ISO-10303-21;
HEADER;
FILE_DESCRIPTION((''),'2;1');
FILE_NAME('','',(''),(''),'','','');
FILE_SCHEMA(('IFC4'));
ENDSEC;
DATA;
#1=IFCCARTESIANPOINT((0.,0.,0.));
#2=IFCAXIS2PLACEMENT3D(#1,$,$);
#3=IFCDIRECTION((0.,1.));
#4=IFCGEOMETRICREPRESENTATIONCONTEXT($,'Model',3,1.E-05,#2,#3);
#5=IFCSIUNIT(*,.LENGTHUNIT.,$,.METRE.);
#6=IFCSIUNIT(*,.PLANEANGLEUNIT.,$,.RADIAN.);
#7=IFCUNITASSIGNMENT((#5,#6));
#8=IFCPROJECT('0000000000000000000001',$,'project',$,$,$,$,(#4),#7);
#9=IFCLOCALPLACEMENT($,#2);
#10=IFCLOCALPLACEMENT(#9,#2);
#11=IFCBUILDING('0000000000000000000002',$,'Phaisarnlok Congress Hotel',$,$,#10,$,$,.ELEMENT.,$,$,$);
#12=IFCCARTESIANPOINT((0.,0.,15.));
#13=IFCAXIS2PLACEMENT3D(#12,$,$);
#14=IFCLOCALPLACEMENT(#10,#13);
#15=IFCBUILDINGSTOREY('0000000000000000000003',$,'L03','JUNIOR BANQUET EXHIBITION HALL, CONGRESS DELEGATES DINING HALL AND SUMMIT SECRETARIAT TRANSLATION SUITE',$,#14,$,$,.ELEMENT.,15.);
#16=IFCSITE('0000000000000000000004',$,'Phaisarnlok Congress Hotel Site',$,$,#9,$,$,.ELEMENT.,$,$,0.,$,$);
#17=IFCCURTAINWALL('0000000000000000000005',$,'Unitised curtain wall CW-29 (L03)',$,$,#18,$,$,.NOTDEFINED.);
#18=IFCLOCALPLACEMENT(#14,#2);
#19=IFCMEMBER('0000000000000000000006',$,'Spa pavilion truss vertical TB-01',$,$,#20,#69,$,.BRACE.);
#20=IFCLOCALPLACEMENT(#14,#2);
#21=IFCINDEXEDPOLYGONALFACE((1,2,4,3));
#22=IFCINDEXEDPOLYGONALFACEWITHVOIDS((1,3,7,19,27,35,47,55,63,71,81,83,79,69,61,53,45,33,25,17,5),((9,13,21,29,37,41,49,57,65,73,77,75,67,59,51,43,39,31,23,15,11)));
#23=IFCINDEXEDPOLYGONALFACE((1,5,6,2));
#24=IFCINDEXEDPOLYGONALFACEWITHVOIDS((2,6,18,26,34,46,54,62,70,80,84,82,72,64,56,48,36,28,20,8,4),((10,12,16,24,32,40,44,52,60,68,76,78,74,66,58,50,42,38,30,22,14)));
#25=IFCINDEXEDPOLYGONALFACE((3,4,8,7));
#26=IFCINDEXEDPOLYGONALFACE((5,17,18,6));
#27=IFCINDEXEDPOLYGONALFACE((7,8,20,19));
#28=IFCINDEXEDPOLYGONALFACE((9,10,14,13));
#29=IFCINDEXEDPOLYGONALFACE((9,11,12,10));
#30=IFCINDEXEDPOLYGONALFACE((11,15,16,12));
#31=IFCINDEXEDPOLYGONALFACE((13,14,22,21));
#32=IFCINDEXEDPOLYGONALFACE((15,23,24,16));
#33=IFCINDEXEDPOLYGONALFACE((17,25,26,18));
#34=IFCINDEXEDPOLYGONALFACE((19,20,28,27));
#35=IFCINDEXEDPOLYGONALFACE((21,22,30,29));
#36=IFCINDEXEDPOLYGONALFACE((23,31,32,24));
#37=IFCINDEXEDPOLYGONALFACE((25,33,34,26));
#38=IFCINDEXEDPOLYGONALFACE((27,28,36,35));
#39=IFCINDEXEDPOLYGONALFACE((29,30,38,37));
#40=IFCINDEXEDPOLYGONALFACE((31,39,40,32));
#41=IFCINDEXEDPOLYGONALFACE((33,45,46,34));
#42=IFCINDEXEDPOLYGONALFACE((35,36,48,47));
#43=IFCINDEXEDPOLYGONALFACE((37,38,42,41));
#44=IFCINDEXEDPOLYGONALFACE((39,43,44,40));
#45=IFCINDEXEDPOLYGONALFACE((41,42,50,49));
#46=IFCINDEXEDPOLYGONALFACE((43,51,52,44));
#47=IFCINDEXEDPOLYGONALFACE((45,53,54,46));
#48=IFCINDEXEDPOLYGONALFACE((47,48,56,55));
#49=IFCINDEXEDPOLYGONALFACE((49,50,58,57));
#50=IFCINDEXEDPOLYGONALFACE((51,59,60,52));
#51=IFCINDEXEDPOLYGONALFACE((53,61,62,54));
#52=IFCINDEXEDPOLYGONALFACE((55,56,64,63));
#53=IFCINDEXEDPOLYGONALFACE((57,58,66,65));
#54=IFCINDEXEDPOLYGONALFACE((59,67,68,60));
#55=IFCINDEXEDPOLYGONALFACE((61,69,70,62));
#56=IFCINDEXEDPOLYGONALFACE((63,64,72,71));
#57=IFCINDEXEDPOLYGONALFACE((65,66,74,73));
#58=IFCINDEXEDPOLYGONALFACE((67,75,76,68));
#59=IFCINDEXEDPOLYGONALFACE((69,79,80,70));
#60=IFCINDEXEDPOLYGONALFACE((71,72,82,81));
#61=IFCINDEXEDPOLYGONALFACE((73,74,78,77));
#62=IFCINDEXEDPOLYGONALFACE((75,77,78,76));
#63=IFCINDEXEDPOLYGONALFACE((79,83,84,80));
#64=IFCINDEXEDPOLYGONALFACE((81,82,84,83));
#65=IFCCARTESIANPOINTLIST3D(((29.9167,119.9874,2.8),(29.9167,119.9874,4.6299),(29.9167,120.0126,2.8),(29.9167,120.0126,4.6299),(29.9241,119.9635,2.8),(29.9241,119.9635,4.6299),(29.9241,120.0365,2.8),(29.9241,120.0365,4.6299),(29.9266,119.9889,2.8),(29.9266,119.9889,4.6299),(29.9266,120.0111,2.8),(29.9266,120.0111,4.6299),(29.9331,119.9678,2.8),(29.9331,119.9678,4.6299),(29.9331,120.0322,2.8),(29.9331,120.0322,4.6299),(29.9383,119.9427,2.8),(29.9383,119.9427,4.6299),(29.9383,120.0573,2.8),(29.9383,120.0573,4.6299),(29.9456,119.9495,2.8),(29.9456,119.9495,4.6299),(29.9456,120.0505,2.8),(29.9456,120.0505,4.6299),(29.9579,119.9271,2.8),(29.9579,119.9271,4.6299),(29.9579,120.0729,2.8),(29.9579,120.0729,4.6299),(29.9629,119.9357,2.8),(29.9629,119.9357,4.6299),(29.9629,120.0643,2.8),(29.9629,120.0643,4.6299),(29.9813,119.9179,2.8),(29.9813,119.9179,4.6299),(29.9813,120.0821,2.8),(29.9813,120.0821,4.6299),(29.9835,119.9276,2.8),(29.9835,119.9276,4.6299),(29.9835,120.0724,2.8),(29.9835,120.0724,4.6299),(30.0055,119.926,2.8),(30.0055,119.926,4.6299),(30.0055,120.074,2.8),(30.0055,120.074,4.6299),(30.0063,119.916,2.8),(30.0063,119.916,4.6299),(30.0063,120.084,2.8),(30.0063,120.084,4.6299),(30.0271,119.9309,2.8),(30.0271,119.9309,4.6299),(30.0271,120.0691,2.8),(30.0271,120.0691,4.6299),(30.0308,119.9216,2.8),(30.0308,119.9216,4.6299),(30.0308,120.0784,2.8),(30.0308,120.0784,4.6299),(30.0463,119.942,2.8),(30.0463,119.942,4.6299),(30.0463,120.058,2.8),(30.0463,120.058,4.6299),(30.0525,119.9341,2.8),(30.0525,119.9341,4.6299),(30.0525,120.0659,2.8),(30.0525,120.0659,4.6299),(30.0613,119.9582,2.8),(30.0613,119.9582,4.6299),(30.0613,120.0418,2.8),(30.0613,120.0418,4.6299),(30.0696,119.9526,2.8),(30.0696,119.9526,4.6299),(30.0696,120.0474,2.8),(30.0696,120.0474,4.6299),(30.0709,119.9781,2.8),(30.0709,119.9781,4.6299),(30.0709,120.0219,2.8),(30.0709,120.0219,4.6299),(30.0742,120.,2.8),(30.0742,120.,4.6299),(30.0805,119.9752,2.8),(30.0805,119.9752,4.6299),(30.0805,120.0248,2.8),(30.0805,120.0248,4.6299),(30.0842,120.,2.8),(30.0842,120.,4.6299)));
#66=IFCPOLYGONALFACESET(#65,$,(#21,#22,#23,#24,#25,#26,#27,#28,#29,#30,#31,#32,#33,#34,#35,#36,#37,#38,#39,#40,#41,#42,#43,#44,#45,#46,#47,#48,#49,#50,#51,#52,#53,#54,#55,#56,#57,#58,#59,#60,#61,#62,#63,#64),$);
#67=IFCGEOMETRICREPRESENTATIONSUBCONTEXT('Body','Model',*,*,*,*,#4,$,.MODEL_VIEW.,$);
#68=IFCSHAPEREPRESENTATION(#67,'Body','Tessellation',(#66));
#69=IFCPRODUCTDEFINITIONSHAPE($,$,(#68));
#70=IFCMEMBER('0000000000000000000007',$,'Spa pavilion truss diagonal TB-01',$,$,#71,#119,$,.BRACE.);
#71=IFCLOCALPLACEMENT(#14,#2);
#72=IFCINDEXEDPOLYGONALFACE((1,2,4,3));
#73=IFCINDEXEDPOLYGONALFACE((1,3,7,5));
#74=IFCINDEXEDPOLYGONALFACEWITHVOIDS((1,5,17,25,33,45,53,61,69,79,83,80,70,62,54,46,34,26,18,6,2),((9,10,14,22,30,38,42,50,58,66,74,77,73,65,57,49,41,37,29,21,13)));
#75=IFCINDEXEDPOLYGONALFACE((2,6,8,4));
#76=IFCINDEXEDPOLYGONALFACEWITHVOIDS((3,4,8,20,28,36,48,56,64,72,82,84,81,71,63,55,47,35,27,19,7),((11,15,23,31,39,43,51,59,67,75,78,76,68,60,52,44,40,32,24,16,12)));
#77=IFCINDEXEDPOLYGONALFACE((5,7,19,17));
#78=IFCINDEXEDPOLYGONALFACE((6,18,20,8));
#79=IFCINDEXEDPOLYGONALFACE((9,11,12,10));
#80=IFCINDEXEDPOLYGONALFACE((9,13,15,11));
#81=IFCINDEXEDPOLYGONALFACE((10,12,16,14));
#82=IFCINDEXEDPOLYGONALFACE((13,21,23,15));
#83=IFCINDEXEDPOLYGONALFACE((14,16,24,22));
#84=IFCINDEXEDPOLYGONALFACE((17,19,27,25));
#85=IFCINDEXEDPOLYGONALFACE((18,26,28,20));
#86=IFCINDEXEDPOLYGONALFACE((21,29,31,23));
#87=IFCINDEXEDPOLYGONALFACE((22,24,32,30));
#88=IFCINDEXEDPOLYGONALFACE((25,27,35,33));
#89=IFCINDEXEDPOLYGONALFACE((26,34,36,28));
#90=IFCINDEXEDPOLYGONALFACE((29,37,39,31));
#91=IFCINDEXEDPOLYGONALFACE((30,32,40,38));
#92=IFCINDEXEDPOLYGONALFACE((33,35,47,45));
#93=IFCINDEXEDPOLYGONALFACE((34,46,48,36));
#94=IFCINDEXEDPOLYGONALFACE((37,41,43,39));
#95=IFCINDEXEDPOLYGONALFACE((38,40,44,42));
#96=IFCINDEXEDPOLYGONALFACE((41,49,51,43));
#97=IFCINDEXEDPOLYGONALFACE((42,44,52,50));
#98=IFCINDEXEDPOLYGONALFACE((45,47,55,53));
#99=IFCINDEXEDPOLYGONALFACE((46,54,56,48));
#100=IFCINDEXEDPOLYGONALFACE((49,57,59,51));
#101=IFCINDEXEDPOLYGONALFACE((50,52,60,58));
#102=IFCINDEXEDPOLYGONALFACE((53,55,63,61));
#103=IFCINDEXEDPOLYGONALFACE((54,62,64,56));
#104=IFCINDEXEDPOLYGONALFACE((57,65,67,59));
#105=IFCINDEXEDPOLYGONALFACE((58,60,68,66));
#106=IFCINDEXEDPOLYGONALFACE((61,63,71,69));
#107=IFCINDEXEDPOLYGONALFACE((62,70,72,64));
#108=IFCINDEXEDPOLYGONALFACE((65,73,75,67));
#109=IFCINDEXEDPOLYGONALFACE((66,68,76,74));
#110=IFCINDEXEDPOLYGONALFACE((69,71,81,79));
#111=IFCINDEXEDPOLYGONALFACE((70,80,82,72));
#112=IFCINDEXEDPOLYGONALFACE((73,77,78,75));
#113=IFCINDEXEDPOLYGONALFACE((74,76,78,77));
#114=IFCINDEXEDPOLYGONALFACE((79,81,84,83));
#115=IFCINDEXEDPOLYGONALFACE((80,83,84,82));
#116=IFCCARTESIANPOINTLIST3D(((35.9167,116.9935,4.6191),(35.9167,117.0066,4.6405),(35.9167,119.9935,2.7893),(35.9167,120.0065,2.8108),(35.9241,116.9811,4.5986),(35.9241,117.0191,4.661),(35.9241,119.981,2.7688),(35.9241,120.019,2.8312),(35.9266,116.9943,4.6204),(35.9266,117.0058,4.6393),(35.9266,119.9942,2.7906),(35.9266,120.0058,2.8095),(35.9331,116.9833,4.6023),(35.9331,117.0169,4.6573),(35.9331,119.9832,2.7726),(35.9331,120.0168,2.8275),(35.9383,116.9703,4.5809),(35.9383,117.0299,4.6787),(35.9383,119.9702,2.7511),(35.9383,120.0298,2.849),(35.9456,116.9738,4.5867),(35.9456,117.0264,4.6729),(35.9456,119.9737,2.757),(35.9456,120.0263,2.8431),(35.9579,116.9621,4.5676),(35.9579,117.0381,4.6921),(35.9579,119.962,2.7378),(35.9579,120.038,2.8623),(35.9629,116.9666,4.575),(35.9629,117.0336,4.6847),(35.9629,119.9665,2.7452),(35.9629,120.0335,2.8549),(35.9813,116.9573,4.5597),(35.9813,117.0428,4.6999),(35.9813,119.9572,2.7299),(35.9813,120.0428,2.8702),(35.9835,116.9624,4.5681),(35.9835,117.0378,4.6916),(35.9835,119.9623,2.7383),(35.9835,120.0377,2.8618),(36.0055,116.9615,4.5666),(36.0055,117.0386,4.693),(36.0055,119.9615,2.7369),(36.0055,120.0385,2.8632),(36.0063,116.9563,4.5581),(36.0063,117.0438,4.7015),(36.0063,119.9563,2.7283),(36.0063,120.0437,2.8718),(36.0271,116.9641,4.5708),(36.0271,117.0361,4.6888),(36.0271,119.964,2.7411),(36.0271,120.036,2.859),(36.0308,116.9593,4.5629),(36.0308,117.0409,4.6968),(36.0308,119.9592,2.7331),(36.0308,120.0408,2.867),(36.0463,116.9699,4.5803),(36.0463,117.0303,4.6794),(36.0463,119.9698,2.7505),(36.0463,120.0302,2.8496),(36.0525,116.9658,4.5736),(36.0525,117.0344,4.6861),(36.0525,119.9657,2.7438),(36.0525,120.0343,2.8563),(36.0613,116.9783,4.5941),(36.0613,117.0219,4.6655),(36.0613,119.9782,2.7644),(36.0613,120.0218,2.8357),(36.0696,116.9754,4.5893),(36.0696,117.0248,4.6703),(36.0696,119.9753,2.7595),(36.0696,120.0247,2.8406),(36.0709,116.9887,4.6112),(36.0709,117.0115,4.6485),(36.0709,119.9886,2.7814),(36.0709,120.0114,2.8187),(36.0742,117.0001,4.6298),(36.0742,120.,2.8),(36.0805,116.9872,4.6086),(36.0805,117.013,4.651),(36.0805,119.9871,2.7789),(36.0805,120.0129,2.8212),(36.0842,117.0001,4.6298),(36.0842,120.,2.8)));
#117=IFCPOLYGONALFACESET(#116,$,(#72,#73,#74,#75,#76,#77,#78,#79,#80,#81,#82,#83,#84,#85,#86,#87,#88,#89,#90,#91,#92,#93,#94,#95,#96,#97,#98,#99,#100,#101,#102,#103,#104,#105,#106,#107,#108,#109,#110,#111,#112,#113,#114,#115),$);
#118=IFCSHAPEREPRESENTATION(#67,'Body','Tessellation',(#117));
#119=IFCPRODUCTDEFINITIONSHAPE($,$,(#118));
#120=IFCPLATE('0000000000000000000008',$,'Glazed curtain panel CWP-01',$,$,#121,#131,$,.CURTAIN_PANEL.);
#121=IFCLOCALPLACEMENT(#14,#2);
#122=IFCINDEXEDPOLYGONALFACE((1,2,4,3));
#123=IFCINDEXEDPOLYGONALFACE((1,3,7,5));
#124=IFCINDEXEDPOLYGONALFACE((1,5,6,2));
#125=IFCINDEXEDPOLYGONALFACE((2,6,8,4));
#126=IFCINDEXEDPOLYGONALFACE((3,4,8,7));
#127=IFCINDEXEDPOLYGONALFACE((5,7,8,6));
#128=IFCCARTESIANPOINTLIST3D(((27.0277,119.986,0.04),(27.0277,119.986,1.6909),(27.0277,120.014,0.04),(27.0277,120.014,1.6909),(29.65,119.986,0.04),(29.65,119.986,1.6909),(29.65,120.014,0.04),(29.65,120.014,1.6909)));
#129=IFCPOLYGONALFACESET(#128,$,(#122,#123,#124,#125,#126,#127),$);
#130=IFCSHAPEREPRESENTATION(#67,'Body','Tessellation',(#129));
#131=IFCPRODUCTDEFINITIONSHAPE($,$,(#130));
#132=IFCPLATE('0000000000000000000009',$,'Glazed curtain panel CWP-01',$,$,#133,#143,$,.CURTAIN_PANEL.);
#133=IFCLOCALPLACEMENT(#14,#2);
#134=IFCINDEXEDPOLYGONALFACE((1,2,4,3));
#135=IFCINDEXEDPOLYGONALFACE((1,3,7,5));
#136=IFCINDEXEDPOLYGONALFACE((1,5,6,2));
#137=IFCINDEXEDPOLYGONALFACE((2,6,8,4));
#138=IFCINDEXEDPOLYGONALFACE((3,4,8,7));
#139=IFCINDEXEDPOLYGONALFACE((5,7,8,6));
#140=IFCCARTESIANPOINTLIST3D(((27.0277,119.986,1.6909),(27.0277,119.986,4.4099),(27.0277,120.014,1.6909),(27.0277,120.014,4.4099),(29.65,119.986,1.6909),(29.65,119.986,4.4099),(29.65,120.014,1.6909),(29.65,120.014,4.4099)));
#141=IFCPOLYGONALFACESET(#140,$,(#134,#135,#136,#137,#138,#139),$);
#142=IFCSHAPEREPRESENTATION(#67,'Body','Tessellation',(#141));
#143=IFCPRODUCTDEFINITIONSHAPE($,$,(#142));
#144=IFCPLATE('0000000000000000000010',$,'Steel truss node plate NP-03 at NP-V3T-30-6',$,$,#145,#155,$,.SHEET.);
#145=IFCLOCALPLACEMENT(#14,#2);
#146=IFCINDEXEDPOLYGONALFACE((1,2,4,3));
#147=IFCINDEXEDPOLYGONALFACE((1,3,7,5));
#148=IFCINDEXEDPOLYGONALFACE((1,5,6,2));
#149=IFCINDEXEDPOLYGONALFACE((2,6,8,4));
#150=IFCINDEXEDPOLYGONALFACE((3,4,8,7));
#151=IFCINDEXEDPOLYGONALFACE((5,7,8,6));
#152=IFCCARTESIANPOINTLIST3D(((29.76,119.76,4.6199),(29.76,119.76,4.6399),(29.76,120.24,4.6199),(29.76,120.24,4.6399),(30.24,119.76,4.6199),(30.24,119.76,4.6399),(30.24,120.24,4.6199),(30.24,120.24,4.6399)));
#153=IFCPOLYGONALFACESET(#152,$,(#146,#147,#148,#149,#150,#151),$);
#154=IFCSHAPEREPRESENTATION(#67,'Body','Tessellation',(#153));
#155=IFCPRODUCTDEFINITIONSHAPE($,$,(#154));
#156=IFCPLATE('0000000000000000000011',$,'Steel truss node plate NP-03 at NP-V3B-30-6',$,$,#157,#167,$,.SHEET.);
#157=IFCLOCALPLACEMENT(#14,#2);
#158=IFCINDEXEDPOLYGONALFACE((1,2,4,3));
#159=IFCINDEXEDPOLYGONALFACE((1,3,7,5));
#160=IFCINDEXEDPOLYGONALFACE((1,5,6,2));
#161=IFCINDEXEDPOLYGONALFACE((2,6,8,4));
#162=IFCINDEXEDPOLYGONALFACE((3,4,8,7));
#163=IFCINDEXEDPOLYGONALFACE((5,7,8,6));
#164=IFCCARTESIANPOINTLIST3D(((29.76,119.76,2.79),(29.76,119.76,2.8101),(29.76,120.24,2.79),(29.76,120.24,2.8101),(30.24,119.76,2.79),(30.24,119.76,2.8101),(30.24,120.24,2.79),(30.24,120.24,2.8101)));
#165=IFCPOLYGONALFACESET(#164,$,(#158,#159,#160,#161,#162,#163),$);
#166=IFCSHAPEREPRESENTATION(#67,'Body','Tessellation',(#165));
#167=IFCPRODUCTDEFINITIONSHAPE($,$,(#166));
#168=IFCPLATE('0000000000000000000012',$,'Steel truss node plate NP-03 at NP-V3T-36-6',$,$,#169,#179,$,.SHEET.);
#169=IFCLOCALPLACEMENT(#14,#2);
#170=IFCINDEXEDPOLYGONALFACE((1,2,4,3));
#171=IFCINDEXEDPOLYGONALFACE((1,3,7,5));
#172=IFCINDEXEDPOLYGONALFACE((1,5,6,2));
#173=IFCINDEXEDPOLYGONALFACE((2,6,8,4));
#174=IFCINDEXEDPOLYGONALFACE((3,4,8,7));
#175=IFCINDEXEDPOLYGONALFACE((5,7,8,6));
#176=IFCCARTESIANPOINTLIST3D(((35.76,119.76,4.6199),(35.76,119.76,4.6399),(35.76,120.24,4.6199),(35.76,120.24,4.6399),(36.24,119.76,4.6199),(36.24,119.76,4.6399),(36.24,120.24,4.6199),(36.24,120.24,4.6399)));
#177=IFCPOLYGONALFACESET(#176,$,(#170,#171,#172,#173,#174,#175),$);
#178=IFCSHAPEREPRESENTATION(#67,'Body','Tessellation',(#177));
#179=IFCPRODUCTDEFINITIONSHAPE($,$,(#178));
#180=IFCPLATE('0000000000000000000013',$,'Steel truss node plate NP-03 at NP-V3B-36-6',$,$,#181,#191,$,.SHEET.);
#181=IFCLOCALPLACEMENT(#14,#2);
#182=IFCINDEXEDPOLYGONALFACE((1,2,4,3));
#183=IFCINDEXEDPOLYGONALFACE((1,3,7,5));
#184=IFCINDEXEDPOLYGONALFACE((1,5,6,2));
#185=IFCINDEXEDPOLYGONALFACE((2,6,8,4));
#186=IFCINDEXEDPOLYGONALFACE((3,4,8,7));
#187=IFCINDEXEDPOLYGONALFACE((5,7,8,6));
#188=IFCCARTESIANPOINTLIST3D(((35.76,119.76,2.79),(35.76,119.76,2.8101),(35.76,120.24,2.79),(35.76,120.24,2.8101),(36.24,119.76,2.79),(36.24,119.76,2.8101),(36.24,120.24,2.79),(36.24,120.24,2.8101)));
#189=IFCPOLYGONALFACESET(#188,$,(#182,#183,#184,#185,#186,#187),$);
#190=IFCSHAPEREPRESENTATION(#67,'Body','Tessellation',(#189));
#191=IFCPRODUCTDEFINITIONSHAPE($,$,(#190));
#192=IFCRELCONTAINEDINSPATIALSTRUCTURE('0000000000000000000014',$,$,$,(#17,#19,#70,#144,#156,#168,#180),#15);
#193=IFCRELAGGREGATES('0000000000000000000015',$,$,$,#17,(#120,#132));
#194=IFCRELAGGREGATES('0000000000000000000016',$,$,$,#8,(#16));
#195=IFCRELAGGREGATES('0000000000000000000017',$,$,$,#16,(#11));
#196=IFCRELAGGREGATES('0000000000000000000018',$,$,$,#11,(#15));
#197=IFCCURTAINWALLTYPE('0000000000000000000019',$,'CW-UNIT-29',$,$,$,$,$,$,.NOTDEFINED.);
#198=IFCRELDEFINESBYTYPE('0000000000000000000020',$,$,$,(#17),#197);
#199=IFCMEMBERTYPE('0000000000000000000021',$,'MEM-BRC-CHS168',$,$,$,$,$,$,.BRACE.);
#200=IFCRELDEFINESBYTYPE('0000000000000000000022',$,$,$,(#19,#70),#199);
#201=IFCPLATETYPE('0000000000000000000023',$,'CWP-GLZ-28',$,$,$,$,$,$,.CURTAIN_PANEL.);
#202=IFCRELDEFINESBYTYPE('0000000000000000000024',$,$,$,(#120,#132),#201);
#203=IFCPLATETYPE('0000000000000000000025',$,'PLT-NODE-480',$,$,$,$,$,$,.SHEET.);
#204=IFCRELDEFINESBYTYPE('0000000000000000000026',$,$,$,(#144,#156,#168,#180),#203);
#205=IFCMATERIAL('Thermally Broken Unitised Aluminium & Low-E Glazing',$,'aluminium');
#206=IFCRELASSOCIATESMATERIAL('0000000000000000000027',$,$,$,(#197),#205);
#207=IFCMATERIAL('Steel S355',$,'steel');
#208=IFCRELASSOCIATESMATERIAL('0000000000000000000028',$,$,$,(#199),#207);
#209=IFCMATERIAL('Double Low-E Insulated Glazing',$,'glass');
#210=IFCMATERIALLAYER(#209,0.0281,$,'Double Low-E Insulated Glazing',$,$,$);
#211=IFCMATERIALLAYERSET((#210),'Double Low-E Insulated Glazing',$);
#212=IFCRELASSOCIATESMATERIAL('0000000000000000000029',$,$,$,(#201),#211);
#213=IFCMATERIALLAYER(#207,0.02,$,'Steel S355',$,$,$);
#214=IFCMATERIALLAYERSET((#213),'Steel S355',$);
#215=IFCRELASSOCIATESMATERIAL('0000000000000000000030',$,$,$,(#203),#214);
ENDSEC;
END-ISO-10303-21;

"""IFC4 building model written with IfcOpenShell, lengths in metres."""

from ifc_helpers import new_model, si_unit, direction, frame, frame_2d, origin, origin_2d, place, context, subcontext, project, spatial, rectangle, hollow_circle, extrude, material, layer, layer_set, material_profile, profile_set, type_object, element, aggregate, save


model = new_model("IFC4")

# Units and contexts
model_context = context("Model", 3, precision=1e-05, world=origin(), true_north=direction((0.0, 1.0)))
body_context = subcontext(model_context, "Body", "Model", "MODEL_VIEW")
ifc_project = project(units=[si_unit("LENGTHUNIT", "METRE"), si_unit("PLANEANGLEUNIT", "RADIAN")], contexts=[model_context])

# Site, building, storey
site_placement = place(None, origin())
site = spatial("IfcSite", under=ifc_project, at=site_placement, Name="Phaisarnlok Congress Hotel Site", CompositionType="ELEMENT", RefElevation=0.0)
building_placement = place(site_placement, origin())
building = spatial("IfcBuilding", under=site, at=building_placement, Name="Phaisarnlok Congress Hotel", CompositionType="ELEMENT")
storey_placement = place(building_placement, frame((0.0, 0.0, 15.0)))
storey = spatial("IfcBuildingStorey", under=building, at=storey_placement, Name="L03", Description="JUNIOR BANQUET EXHIBITION HALL, CONGRESS DELEGATES DINING HALL AND SUMMIT SECRETARIAT TRANSLATION SUITE", CompositionType="ELEMENT", Elevation=15.0)

# Curtain wall
ifc_material_1 = material(Name="Thermally Broken Unitised Aluminium & Low-E Glazing", Category="aluminium")
curtain_wall_type = type_object("IfcCurtainWallType", Name="CW-UNIT-29", PredefinedType="NOTDEFINED", material=ifc_material_1)
curtain_wall_placement = place(storey_placement, origin())
curtain_wall = element("IfcCurtainWall", 1, at=curtain_wall_placement, inside=storey, type_object=curtain_wall_type, Name="Unitised curtain wall CW-29 (L03)", PredefinedType="NOTDEFINED")

# Members
ifc_material_2 = material(Name="Steel S355", Category="steel")
ifc_material_profile_1 = material_profile(ifc_material_2, hollow_circle(Radius=0.0842, WallThickness=0.01, at=origin_2d()), Name="CHS 168.3x10")
ifc_profile_set_1 = profile_set([ifc_material_profile_1], Name="Steel S355")
member_type_1 = type_object("IfcMemberType", Name="MEM-BRC-CHS168", PredefinedType="BRACE", material=ifc_profile_set_1)
member_1_placement = place(storey_placement, frame((30.0, 120.0, 2.8), z_axis=(0.0, 0.0, 1.0), x_axis=(1.0, 0.0, 0.0)))
element("IfcMember", 2, at=member_1_placement, inside=storey, type_object=member_type_1, Name="Spa pavilion truss vertical TB-01", PredefinedType="BRACE", context=body_context, shape_type="SweptSolid", body=[
    extrude(hollow_circle(Radius=0.0842, WallThickness=0.01, at=origin_2d()), origin(), (0.0, 0.0, 1.0), 1.8298),
])
member_2_placement = place(storey_placement, frame((36.0, 120.0, 2.8), z_axis=(0.0, -0.853725, 0.520725), x_axis=(1.0, 0.0, 0.0)))
element("IfcMember", 3, at=member_2_placement, inside=storey, type_object=member_type_1, Name="Spa pavilion truss diagonal TB-01", PredefinedType="BRACE", context=body_context, shape_type="SweptSolid", body=[
    extrude(hollow_circle(Radius=0.0842, WallThickness=0.01, at=origin_2d()), origin(), (0.0, 0.0, 1.0), 3.5139),
])

# Plates
ifc_material_3 = material(Name="Double Low-E Insulated Glazing", Category="glass")
ifc_layer_1 = layer(ifc_material_3, 0.0281, Name="Double Low-E Insulated Glazing")
ifc_layer_set_1 = layer_set([ifc_layer_1], Name="Double Low-E Insulated Glazing")
plate_type_1 = type_object("IfcPlateType", Name="CWP-GLZ-28", PredefinedType="CURTAIN_PANEL", material=ifc_layer_set_1)
plate_1_placement = place(storey_placement, frame((29.6499, 120.0, 0.04), z_axis=(0.0, 0.0, 1.0), x_axis=(-1.0, 0.0, 0.0)))
plate_1 = element("IfcPlate", 4, at=plate_1_placement, type_object=plate_type_1, Name="Glazed curtain panel CWP-01", PredefinedType="CURTAIN_PANEL", context=body_context, shape_type="SweptSolid", body=[
    extrude(rectangle(XDim=2.6223, YDim=0.0281, at=frame_2d((1.311, 0.0))), origin(), (0.0, 0.0, 1.0), 1.6509),
])
plate_2_placement = place(storey_placement, frame((29.6499, 120.0, 1.6909), z_axis=(0.0, 0.0, 1.0), x_axis=(-1.0, 0.0, 0.0)))
plate_2 = element("IfcPlate", 5, at=plate_2_placement, type_object=plate_type_1, Name="Glazed curtain panel CWP-01", PredefinedType="CURTAIN_PANEL", context=body_context, shape_type="SweptSolid", body=[
    extrude(rectangle(XDim=2.6223, YDim=0.0281, at=frame_2d((1.311, 0.0))), origin(), (0.0, 0.0, 1.0), 2.719),
])
aggregate(curtain_wall, [plate_1, plate_2])

# Plates
ifc_layer_2 = layer(ifc_material_2, 0.02, Name="Steel S355")
ifc_layer_set_2 = layer_set([ifc_layer_2], Name="Steel S355")
plate_type_2 = type_object("IfcPlateType", Name="PLT-NODE-480", PredefinedType="SHEET", material=ifc_layer_set_2)
for number, where, z_axis, x_axis, name in (
    (6, (30.0, 120.0, 4.6199), (0.0, 0.0, 1.0), (1.0, 0.0, 0.0), "Steel truss node plate NP-03 at NP-V3T-30-6"),
    (7, (30.0, 120.0, 2.79), (0.0, 0.0, 1.0), (1.0, 0.0, 0.0), "Steel truss node plate NP-03 at NP-V3B-30-6"),
    (8, (36.0, 120.0, 4.6199), (0.0, 0.0, 1.0), (1.0, 0.0, 0.0), "Steel truss node plate NP-03 at NP-V3T-36-6"),
    (9, (36.0, 120.0, 2.79), (0.0, 0.0, 1.0), (1.0, 0.0, 0.0), "Steel truss node plate NP-03 at NP-V3B-36-6"),
):
    element("IfcPlate", number, at=place(storey_placement, frame(where, z_axis=z_axis, x_axis=x_axis)), inside=storey, type_object=plate_type_2, Name=name, PredefinedType="SHEET", context=body_context, shape_type="SweptSolid", body=[
        extrude(rectangle(XDim=0.48, YDim=0.48, at=origin_2d()), origin(), (0.0, 0.0, 1.0), 0.02),
    ])

save(model, "model.ifc")
